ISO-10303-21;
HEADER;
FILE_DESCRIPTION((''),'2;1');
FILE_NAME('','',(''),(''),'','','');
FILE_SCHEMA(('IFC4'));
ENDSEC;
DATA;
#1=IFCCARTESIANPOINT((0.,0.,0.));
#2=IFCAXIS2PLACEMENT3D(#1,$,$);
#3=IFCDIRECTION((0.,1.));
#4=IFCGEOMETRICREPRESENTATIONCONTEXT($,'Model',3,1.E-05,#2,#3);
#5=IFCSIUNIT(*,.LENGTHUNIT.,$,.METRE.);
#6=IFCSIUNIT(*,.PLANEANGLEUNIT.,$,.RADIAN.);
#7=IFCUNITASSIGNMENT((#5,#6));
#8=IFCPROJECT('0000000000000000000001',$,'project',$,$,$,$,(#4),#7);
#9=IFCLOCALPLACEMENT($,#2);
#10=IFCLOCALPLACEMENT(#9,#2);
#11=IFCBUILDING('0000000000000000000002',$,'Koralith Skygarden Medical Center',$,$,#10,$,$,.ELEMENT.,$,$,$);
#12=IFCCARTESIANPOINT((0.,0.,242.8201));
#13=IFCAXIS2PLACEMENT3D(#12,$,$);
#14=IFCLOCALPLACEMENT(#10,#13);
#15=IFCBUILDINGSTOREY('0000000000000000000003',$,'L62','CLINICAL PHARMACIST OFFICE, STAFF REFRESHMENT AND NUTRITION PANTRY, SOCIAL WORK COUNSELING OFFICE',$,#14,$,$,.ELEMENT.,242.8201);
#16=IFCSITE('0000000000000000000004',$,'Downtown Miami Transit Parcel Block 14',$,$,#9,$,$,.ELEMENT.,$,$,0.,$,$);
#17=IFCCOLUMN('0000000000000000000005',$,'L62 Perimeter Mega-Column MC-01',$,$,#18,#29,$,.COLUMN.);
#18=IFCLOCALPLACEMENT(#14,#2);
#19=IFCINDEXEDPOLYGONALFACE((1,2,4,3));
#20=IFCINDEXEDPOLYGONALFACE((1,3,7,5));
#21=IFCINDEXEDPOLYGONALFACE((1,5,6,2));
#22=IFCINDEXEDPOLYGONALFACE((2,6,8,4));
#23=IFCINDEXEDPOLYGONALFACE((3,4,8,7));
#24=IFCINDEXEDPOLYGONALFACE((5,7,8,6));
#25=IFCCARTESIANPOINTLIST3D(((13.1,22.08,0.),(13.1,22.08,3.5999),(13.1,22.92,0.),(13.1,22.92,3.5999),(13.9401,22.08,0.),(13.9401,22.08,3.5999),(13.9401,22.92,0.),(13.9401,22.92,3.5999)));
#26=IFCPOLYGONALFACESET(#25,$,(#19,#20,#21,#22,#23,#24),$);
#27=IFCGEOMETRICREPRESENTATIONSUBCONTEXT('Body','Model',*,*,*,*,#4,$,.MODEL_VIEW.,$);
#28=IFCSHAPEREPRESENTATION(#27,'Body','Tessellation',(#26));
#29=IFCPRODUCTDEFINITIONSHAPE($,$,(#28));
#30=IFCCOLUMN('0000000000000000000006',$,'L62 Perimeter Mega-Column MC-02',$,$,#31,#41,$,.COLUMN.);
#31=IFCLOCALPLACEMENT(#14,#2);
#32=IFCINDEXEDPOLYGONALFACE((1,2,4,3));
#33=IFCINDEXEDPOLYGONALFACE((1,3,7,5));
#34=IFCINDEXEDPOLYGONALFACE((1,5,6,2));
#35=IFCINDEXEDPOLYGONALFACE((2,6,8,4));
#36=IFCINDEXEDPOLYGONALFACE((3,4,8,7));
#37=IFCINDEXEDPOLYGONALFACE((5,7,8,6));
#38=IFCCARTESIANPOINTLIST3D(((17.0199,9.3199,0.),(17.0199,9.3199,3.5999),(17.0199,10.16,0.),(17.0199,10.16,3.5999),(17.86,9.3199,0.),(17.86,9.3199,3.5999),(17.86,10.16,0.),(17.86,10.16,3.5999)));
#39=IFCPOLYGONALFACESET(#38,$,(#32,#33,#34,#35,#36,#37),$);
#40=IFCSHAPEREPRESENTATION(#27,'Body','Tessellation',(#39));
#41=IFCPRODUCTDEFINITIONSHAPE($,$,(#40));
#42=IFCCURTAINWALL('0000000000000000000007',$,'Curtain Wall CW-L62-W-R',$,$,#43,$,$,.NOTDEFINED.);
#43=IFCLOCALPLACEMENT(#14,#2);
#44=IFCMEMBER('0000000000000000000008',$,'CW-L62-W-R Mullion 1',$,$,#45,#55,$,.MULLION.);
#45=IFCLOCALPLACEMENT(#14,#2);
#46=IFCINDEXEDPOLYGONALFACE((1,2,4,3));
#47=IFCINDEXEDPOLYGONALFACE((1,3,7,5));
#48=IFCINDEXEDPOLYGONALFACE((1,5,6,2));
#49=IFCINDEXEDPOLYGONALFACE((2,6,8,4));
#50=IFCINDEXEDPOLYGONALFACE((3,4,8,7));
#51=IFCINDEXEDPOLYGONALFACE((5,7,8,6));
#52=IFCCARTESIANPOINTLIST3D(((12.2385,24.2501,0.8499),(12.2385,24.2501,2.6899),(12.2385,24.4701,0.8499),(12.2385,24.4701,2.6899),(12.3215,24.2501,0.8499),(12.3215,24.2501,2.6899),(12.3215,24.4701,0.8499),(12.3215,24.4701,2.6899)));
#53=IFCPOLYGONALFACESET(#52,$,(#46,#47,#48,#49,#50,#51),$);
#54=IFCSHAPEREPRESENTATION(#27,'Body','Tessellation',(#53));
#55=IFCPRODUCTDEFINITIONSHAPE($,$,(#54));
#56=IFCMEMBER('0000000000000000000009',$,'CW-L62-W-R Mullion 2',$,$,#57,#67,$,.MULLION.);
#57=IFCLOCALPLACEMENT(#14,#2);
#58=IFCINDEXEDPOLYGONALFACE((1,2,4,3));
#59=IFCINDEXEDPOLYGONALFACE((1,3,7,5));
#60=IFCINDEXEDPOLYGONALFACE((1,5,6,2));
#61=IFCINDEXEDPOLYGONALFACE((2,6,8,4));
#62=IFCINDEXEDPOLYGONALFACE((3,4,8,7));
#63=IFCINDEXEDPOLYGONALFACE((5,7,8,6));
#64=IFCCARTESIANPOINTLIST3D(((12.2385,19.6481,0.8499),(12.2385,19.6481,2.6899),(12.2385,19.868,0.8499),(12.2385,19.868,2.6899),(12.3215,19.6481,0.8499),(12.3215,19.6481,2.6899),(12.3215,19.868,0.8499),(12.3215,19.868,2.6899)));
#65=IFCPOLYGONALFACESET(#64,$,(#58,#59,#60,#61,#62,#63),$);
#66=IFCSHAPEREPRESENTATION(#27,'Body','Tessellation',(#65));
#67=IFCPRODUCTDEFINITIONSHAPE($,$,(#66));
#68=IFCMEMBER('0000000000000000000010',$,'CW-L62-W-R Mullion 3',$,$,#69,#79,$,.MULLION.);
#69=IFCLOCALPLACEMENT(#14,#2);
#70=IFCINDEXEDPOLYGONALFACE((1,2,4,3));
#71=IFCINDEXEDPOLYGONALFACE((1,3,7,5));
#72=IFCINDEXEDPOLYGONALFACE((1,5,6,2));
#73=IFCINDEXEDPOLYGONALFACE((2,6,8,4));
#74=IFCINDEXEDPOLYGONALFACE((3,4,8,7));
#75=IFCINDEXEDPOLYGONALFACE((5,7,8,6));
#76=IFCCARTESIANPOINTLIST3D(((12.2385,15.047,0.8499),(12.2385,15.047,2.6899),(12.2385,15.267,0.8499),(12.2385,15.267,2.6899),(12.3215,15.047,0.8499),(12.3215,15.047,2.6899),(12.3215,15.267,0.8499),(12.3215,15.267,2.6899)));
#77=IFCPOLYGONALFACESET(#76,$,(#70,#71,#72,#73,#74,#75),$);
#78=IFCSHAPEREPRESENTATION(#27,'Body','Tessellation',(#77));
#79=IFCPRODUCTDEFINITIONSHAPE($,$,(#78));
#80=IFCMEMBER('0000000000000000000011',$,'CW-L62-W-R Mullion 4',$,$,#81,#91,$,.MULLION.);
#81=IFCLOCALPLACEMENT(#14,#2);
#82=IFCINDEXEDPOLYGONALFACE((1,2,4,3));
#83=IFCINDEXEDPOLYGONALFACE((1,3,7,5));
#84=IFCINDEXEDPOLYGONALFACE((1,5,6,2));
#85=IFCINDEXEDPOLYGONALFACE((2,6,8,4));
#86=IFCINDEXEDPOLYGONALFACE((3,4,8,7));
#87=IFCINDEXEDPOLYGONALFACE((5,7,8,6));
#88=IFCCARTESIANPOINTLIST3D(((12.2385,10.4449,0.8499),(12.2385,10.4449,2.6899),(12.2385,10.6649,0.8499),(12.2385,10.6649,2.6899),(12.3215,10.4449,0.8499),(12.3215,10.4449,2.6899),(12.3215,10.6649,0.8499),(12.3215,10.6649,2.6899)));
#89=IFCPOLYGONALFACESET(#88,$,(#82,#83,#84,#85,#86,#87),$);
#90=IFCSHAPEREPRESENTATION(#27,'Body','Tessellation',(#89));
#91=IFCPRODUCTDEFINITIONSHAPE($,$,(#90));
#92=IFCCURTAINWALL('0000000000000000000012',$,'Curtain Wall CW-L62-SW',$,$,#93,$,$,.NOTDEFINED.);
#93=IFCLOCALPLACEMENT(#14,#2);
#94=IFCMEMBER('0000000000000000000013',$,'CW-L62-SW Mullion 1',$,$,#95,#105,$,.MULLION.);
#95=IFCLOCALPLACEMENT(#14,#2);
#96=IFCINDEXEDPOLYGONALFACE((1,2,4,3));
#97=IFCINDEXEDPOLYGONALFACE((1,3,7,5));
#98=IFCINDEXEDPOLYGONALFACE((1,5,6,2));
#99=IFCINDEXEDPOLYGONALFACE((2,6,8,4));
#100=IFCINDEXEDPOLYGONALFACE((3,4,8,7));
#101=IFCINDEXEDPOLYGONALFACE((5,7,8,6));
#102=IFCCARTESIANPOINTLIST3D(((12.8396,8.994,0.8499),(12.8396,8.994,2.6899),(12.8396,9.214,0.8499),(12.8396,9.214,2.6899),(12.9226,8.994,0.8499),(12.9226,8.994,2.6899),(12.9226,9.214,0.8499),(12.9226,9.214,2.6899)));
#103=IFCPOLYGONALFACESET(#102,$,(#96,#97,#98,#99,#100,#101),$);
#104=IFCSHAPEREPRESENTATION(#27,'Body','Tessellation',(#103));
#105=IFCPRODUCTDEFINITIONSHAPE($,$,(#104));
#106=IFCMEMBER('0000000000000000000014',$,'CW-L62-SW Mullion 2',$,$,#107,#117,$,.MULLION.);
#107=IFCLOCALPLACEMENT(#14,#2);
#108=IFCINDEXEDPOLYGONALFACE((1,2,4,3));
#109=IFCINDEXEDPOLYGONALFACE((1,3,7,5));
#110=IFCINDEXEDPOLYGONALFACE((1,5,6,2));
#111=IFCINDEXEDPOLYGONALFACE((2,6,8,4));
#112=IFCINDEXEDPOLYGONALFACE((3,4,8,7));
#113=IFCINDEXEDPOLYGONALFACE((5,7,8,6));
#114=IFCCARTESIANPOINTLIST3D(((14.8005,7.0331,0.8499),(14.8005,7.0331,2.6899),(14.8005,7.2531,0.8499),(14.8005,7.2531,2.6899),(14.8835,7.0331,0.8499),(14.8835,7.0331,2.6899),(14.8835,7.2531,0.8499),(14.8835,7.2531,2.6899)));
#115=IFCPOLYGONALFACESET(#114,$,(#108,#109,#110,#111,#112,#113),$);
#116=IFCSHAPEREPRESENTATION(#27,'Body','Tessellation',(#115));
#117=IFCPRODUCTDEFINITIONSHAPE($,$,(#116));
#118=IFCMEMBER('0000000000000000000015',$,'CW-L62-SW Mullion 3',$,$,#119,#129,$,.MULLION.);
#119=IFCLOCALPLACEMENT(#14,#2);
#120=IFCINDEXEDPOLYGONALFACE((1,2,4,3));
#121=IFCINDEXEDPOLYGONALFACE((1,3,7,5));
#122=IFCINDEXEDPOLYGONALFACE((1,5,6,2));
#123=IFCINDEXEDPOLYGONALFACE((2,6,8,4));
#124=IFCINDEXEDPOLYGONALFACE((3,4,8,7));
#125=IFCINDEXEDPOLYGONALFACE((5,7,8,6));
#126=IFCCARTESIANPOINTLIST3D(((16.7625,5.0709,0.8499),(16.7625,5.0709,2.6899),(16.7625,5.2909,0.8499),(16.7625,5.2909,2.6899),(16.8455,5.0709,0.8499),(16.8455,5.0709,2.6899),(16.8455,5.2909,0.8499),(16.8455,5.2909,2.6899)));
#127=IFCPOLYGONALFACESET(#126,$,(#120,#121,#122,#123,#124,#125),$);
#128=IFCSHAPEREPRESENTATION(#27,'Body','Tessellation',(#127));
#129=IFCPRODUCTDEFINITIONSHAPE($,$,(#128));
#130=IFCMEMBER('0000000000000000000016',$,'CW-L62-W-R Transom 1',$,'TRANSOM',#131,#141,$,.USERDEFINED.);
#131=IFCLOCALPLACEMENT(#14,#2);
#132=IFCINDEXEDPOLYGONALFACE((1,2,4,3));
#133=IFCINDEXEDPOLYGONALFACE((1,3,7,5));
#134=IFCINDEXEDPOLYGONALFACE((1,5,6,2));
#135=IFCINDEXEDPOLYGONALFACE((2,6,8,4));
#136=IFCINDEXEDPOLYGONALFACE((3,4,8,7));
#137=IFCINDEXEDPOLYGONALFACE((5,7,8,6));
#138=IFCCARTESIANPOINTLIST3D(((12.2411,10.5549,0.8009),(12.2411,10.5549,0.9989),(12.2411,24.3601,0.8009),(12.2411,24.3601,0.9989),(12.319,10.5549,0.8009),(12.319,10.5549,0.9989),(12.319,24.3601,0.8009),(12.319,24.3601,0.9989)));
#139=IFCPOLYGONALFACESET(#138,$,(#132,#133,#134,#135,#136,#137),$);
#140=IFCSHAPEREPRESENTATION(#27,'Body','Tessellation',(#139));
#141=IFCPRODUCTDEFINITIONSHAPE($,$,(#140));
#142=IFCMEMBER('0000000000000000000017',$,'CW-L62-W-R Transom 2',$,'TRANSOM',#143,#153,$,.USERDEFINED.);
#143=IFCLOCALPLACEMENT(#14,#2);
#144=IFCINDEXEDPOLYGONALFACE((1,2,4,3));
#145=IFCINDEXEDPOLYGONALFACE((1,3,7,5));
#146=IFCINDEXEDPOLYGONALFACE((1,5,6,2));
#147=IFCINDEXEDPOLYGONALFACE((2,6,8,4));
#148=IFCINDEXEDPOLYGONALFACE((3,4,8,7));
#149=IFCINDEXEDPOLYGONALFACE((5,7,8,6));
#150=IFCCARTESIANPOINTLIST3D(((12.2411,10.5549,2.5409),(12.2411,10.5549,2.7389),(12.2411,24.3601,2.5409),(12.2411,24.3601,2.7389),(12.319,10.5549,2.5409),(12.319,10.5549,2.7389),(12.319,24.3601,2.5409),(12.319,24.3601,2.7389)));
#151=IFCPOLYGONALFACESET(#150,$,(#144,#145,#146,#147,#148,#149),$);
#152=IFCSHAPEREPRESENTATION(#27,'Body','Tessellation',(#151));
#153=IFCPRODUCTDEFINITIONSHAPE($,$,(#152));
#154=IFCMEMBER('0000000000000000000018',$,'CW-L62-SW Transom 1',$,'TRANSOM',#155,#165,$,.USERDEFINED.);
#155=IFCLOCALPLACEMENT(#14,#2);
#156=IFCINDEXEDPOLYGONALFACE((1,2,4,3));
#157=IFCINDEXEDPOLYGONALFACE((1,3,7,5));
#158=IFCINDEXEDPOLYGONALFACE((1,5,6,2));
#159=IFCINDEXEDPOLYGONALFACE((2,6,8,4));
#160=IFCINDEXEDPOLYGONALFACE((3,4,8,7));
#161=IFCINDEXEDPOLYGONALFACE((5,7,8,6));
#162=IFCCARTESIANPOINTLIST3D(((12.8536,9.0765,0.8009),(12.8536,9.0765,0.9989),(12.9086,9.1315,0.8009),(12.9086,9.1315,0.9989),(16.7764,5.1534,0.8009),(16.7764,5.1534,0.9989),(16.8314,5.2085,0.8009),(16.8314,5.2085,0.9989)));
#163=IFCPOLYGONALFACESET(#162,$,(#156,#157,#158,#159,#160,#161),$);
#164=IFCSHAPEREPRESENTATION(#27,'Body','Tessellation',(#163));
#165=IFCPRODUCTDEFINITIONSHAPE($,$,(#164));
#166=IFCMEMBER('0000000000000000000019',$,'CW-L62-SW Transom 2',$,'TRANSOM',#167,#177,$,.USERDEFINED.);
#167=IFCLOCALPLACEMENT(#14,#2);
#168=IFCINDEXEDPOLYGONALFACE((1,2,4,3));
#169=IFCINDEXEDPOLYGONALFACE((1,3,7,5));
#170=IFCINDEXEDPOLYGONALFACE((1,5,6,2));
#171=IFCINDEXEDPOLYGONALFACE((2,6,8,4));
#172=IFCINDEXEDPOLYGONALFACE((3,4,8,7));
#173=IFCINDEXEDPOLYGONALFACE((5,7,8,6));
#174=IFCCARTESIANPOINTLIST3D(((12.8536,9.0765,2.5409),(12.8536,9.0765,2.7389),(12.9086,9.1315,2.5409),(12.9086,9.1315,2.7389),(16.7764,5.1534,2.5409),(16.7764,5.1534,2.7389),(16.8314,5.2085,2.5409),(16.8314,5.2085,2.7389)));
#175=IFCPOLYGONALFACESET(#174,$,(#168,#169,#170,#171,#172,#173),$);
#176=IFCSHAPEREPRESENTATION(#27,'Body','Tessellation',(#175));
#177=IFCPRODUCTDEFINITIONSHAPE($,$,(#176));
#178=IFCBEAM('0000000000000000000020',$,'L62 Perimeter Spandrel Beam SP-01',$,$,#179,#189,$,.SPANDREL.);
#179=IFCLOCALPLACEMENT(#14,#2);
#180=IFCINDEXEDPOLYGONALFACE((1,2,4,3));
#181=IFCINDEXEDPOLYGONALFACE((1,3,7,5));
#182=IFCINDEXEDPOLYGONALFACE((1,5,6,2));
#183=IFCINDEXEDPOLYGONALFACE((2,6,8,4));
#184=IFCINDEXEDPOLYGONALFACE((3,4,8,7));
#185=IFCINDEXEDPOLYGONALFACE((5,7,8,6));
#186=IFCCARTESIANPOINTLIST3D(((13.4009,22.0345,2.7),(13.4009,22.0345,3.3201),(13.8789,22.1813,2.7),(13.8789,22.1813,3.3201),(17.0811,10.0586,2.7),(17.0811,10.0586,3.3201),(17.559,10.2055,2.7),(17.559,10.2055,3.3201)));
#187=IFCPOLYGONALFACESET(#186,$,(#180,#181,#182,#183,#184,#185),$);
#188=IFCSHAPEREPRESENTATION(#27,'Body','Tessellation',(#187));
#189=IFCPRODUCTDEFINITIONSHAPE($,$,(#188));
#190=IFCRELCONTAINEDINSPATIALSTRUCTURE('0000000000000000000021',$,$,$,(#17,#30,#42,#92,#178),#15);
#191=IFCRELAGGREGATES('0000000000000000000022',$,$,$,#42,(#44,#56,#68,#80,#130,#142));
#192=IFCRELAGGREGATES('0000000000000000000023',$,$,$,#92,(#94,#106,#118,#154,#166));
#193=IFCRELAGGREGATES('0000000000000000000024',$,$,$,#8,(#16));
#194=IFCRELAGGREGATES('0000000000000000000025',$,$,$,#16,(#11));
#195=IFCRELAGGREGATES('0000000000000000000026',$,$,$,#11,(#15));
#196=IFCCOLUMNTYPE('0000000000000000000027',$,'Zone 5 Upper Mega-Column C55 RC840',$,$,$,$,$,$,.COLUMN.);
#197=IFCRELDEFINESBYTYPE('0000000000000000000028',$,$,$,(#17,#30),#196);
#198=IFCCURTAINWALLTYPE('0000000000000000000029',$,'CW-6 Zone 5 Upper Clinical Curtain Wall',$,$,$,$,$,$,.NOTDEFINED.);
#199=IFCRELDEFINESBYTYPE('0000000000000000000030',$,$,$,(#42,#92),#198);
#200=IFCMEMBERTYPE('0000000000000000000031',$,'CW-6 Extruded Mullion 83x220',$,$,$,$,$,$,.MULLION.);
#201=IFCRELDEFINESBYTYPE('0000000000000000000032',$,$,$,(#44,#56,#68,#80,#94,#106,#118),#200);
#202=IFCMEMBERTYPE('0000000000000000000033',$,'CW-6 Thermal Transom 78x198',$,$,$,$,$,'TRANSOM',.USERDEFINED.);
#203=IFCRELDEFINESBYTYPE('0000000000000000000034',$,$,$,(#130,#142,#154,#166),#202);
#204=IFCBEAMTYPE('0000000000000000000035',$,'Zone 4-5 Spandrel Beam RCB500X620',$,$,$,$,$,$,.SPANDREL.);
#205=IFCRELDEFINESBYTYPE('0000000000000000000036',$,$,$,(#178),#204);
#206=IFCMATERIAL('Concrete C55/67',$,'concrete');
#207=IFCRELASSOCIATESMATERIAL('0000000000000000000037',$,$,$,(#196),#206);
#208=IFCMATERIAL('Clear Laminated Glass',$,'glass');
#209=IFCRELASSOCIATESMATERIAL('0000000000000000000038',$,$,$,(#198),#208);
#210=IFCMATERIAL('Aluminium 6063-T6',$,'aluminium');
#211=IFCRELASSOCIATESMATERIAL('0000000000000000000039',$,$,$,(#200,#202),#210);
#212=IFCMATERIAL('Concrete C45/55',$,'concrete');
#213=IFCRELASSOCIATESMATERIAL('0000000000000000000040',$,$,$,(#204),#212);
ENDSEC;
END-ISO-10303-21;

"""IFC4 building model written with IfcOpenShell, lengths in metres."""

from ifc_helpers import new_model, si_unit, direction, frame, origin, origin_2d, place, context, subcontext, project, spatial, rectangle, extrude, material, material_profile, profile_set, type_object, element, aggregate, save


model = new_model("IFC4")

# Units and contexts
model_context = context("Model", 3, precision=1e-05, world=origin(), true_north=direction((0.0, 1.0)))
body_context = subcontext(model_context, "Body", "Model", "MODEL_VIEW")
ifc_project = project(units=[si_unit("LENGTHUNIT", "METRE"), si_unit("PLANEANGLEUNIT", "RADIAN")], contexts=[model_context])

# Site, building, storey
site_placement = place(None, origin())
site = spatial("IfcSite", under=ifc_project, at=site_placement, Name="Downtown Miami Transit Parcel Block 14", CompositionType="ELEMENT", RefElevation=0.0)
building_placement = place(site_placement, origin())
building = spatial("IfcBuilding", under=site, at=building_placement, Name="Koralith Skygarden Medical Center", CompositionType="ELEMENT")
storey_placement = place(building_placement, frame((0.0, 0.0, 242.8201)))
storey = spatial("IfcBuildingStorey", under=building, at=storey_placement, Name="L62", Description="CLINICAL PHARMACIST OFFICE, STAFF REFRESHMENT AND NUTRITION PANTRY, SOCIAL WORK COUNSELING OFFICE", CompositionType="ELEMENT", Elevation=242.8201)

# Columns
ifc_material_1 = material(Name="Concrete C55/67", Category="concrete")
ifc_material_profile_1 = material_profile(ifc_material_1, rectangle(XDim=0.8401, YDim=0.8401, at=origin_2d()), Name="RC840X840")
ifc_profile_set_1 = profile_set([ifc_material_profile_1], Name="Concrete C55/67")
column_type = type_object("IfcColumnType", Name="Zone 5 Upper Mega-Column C55 RC840", PredefinedType="COLUMN", material=ifc_profile_set_1)
for number, where, z_axis, x_axis, name in (
    (1, (13.52, 22.5, 0.0), (0.0, 0.0, 1.0), (1.0, 0.0, 0.0), "L62 Perimeter Mega-Column MC-01"),
    (2, (17.4399, 9.74, 0.0), (0.0, 0.0, 1.0), (1.0, 0.0, 0.0), "L62 Perimeter Mega-Column MC-02"),
):
    element("IfcColumn", number, at=place(storey_placement, frame(where, z_axis=z_axis, x_axis=x_axis)), inside=storey, type_object=column_type, Name=name, PredefinedType="COLUMN", context=body_context, shape_type="SweptSolid", body=[
        extrude(rectangle(XDim=0.8401, YDim=0.8401, at=origin_2d()), origin(), (0.0, 0.0, 1.0), 3.5999),
    ])

# Curtain walls, members
ifc_material_2 = material(Name="Clear Laminated Glass", Category="glass")
curtain_wall_type = type_object("IfcCurtainWallType", Name="CW-6 Zone 5 Upper Clinical Curtain Wall", PredefinedType="NOTDEFINED", material=ifc_material_2)
curtain_wall_1_placement = place(storey_placement, origin())
curtain_wall_1 = element("IfcCurtainWall", 3, at=curtain_wall_1_placement, inside=storey, type_object=curtain_wall_type, Name="Curtain Wall CW-L62-W-R", PredefinedType="NOTDEFINED")
ifc_material_3 = material(Name="Aluminium 6063-T6", Category="aluminium")
ifc_material_profile_2 = material_profile(ifc_material_3, rectangle(XDim=0.083, YDim=0.22, at=origin_2d()), Name="MUL83X220")
ifc_profile_set_2 = profile_set([ifc_material_profile_2], Name="Aluminium 6063-T6")
member_type_1 = type_object("IfcMemberType", Name="CW-6 Extruded Mullion 83x220", PredefinedType="MULLION", material=ifc_profile_set_2)
member_1_placement = place(storey_placement, frame((12.28, 24.3601, 0.8499), z_axis=(0.0, 0.0, 1.0), x_axis=(1.0, 0.0, 0.0)))
member_1 = element("IfcMember", 4, at=member_1_placement, type_object=member_type_1, Name="CW-L62-W-R Mullion 1", PredefinedType="MULLION", context=body_context, shape_type="SweptSolid", body=[
    extrude(rectangle(XDim=0.083, YDim=0.22, at=origin_2d()), origin(), (0.0, 0.0, 1.0), 1.8401),
])
member_2_placement = place(storey_placement, frame((12.28, 19.7581, 0.8499), z_axis=(0.0, 0.0, 1.0), x_axis=(1.0, 0.0, 0.0)))
member_2 = element("IfcMember", 5, at=member_2_placement, type_object=member_type_1, Name="CW-L62-W-R Mullion 2", PredefinedType="MULLION", context=body_context, shape_type="SweptSolid", body=[
    extrude(rectangle(XDim=0.083, YDim=0.22, at=origin_2d()), origin(), (0.0, 0.0, 1.0), 1.8401),
])
member_3_placement = place(storey_placement, frame((12.28, 15.157, 0.8499), z_axis=(0.0, 0.0, 1.0), x_axis=(1.0, 0.0, 0.0)))
member_3 = element("IfcMember", 6, at=member_3_placement, type_object=member_type_1, Name="CW-L62-W-R Mullion 3", PredefinedType="MULLION", context=body_context, shape_type="SweptSolid", body=[
    extrude(rectangle(XDim=0.083, YDim=0.22, at=origin_2d()), origin(), (0.0, 0.0, 1.0), 1.8401),
])
member_4_placement = place(storey_placement, frame((12.28, 10.5549, 0.8499), z_axis=(0.0, 0.0, 1.0), x_axis=(1.0, 0.0, 0.0)))
member_4 = element("IfcMember", 7, at=member_4_placement, type_object=member_type_1, Name="CW-L62-W-R Mullion 4", PredefinedType="MULLION", context=body_context, shape_type="SweptSolid", body=[
    extrude(rectangle(XDim=0.083, YDim=0.22, at=origin_2d()), origin(), (0.0, 0.0, 1.0), 1.8401),
])
curtain_wall_2_placement = place(storey_placement, origin())
curtain_wall_2 = element("IfcCurtainWall", 8, at=curtain_wall_2_placement, inside=storey, type_object=curtain_wall_type, Name="Curtain Wall CW-L62-SW", PredefinedType="NOTDEFINED")
member_5_placement = place(storey_placement, frame((12.8811, 9.104, 0.8499), z_axis=(0.0, 0.0, 1.0), x_axis=(1.0, 0.0, 0.0)))
member_5 = element("IfcMember", 9, at=member_5_placement, type_object=member_type_1, Name="CW-L62-SW Mullion 1", PredefinedType="MULLION", context=body_context, shape_type="SweptSolid", body=[
    extrude(rectangle(XDim=0.083, YDim=0.22, at=origin_2d()), origin(), (0.0, 0.0, 1.0), 1.8401),
])
member_6_placement = place(storey_placement, frame((14.842, 7.1431, 0.8499), z_axis=(0.0, 0.0, 1.0), x_axis=(1.0, 0.0, 0.0)))
member_6 = element("IfcMember", 10, at=member_6_placement, type_object=member_type_1, Name="CW-L62-SW Mullion 2", PredefinedType="MULLION", context=body_context, shape_type="SweptSolid", body=[
    extrude(rectangle(XDim=0.083, YDim=0.22, at=origin_2d()), origin(), (0.0, 0.0, 1.0), 1.8401),
])
member_7_placement = place(storey_placement, frame((16.804, 5.1809, 0.8499), z_axis=(0.0, 0.0, 1.0), x_axis=(1.0, 0.0, 0.0)))
member_7 = element("IfcMember", 11, at=member_7_placement, type_object=member_type_1, Name="CW-L62-SW Mullion 3", PredefinedType="MULLION", context=body_context, shape_type="SweptSolid", body=[
    extrude(rectangle(XDim=0.083, YDim=0.22, at=origin_2d()), origin(), (0.0, 0.0, 1.0), 1.8401),
])

# Members
ifc_material_profile_3 = material_profile(ifc_material_3, rectangle(XDim=0.0779, YDim=0.198, at=origin_2d()), Name="TRN78X198")
ifc_profile_set_3 = profile_set([ifc_material_profile_3], Name="Aluminium 6063-T6")
member_type_2 = type_object("IfcMemberType", Name="CW-6 Thermal Transom 78x198", ElementType="TRANSOM", PredefinedType="USERDEFINED", material=ifc_profile_set_3)
member_8_placement = place(storey_placement, frame((12.28, 24.3601, 0.8999), z_axis=(0.0, -1.0, 0.0), x_axis=(1.0, 0.0, 0.0)))
member_8 = element("IfcMember", 12, at=member_8_placement, type_object=member_type_2, Name="CW-L62-W-R Transom 1", ObjectType="TRANSOM", PredefinedType="USERDEFINED", context=body_context, shape_type="SweptSolid", body=[
    extrude(rectangle(XDim=0.0779, YDim=0.198, at=origin_2d()), origin(), (0.0, 0.0, 1.0), 13.8052),
])
member_9_placement = place(storey_placement, frame((12.28, 24.3601, 2.6399), z_axis=(0.0, -1.0, 0.0), x_axis=(1.0, 0.0, 0.0)))
member_9 = element("IfcMember", 13, at=member_9_placement, type_object=member_type_2, Name="CW-L62-W-R Transom 2", ObjectType="TRANSOM", PredefinedType="USERDEFINED", context=body_context, shape_type="SweptSolid", body=[
    extrude(rectangle(XDim=0.0779, YDim=0.198, at=origin_2d()), origin(), (0.0, 0.0, 1.0), 13.8052),
])
member_10_placement = place(storey_placement, frame((12.8811, 9.104, 0.8999), z_axis=(0.707085, -0.707129, 0.0), x_axis=(0.707129, 0.707085, 0.0)))
member_10 = element("IfcMember", 14, at=member_10_placement, type_object=member_type_2, Name="CW-L62-SW Transom 1", ObjectType="TRANSOM", PredefinedType="USERDEFINED", context=body_context, shape_type="SweptSolid", body=[
    extrude(rectangle(XDim=0.0779, YDim=0.198, at=origin_2d()), origin(), (0.0, 0.0, 1.0), 5.5479),
])
member_11_placement = place(storey_placement, frame((12.8811, 9.104, 2.6399), z_axis=(0.707085, -0.707129, 0.0), x_axis=(0.707129, 0.707085, 0.0)))
member_11 = element("IfcMember", 15, at=member_11_placement, type_object=member_type_2, Name="CW-L62-SW Transom 2", ObjectType="TRANSOM", PredefinedType="USERDEFINED", context=body_context, shape_type="SweptSolid", body=[
    extrude(rectangle(XDim=0.0779, YDim=0.198, at=origin_2d()), origin(), (0.0, 0.0, 1.0), 5.5479),
])

# Beam
ifc_material_4 = material(Name="Concrete C45/55", Category="concrete")
ifc_material_profile_4 = material_profile(ifc_material_4, rectangle(XDim=0.5, YDim=0.6201, at=origin_2d()), Name="RCB500X620")
ifc_profile_set_4 = profile_set([ifc_material_profile_4], Name="Concrete C45/55")
beam_type = type_object("IfcBeamType", Name="Zone 4-5 Spandrel Beam RCB500X620", PredefinedType="SPANDREL", material=ifc_profile_set_4)
beam_placement = place(storey_placement, frame((13.6399, 22.1079, 3.01), z_axis=(0.293743, -0.955884, 0.0), x_axis=(0.955884, 0.293743, 0.0)))
element("IfcBeam", 16, at=beam_placement, inside=storey, type_object=beam_type, Name="L62 Perimeter Spandrel Beam SP-01", PredefinedType="SPANDREL", context=body_context, shape_type="SweptSolid", body=[
    extrude(rectangle(XDim=0.5, YDim=0.6201, at=origin_2d()), origin(), (0.0, 0.0, 1.0), 12.5286),
])

aggregate(curtain_wall_1, [member_1, member_2, member_3, member_4, member_8, member_9])
aggregate(curtain_wall_2, [member_5, member_6, member_7, member_10, member_11])

save(model, "model.ifc")
